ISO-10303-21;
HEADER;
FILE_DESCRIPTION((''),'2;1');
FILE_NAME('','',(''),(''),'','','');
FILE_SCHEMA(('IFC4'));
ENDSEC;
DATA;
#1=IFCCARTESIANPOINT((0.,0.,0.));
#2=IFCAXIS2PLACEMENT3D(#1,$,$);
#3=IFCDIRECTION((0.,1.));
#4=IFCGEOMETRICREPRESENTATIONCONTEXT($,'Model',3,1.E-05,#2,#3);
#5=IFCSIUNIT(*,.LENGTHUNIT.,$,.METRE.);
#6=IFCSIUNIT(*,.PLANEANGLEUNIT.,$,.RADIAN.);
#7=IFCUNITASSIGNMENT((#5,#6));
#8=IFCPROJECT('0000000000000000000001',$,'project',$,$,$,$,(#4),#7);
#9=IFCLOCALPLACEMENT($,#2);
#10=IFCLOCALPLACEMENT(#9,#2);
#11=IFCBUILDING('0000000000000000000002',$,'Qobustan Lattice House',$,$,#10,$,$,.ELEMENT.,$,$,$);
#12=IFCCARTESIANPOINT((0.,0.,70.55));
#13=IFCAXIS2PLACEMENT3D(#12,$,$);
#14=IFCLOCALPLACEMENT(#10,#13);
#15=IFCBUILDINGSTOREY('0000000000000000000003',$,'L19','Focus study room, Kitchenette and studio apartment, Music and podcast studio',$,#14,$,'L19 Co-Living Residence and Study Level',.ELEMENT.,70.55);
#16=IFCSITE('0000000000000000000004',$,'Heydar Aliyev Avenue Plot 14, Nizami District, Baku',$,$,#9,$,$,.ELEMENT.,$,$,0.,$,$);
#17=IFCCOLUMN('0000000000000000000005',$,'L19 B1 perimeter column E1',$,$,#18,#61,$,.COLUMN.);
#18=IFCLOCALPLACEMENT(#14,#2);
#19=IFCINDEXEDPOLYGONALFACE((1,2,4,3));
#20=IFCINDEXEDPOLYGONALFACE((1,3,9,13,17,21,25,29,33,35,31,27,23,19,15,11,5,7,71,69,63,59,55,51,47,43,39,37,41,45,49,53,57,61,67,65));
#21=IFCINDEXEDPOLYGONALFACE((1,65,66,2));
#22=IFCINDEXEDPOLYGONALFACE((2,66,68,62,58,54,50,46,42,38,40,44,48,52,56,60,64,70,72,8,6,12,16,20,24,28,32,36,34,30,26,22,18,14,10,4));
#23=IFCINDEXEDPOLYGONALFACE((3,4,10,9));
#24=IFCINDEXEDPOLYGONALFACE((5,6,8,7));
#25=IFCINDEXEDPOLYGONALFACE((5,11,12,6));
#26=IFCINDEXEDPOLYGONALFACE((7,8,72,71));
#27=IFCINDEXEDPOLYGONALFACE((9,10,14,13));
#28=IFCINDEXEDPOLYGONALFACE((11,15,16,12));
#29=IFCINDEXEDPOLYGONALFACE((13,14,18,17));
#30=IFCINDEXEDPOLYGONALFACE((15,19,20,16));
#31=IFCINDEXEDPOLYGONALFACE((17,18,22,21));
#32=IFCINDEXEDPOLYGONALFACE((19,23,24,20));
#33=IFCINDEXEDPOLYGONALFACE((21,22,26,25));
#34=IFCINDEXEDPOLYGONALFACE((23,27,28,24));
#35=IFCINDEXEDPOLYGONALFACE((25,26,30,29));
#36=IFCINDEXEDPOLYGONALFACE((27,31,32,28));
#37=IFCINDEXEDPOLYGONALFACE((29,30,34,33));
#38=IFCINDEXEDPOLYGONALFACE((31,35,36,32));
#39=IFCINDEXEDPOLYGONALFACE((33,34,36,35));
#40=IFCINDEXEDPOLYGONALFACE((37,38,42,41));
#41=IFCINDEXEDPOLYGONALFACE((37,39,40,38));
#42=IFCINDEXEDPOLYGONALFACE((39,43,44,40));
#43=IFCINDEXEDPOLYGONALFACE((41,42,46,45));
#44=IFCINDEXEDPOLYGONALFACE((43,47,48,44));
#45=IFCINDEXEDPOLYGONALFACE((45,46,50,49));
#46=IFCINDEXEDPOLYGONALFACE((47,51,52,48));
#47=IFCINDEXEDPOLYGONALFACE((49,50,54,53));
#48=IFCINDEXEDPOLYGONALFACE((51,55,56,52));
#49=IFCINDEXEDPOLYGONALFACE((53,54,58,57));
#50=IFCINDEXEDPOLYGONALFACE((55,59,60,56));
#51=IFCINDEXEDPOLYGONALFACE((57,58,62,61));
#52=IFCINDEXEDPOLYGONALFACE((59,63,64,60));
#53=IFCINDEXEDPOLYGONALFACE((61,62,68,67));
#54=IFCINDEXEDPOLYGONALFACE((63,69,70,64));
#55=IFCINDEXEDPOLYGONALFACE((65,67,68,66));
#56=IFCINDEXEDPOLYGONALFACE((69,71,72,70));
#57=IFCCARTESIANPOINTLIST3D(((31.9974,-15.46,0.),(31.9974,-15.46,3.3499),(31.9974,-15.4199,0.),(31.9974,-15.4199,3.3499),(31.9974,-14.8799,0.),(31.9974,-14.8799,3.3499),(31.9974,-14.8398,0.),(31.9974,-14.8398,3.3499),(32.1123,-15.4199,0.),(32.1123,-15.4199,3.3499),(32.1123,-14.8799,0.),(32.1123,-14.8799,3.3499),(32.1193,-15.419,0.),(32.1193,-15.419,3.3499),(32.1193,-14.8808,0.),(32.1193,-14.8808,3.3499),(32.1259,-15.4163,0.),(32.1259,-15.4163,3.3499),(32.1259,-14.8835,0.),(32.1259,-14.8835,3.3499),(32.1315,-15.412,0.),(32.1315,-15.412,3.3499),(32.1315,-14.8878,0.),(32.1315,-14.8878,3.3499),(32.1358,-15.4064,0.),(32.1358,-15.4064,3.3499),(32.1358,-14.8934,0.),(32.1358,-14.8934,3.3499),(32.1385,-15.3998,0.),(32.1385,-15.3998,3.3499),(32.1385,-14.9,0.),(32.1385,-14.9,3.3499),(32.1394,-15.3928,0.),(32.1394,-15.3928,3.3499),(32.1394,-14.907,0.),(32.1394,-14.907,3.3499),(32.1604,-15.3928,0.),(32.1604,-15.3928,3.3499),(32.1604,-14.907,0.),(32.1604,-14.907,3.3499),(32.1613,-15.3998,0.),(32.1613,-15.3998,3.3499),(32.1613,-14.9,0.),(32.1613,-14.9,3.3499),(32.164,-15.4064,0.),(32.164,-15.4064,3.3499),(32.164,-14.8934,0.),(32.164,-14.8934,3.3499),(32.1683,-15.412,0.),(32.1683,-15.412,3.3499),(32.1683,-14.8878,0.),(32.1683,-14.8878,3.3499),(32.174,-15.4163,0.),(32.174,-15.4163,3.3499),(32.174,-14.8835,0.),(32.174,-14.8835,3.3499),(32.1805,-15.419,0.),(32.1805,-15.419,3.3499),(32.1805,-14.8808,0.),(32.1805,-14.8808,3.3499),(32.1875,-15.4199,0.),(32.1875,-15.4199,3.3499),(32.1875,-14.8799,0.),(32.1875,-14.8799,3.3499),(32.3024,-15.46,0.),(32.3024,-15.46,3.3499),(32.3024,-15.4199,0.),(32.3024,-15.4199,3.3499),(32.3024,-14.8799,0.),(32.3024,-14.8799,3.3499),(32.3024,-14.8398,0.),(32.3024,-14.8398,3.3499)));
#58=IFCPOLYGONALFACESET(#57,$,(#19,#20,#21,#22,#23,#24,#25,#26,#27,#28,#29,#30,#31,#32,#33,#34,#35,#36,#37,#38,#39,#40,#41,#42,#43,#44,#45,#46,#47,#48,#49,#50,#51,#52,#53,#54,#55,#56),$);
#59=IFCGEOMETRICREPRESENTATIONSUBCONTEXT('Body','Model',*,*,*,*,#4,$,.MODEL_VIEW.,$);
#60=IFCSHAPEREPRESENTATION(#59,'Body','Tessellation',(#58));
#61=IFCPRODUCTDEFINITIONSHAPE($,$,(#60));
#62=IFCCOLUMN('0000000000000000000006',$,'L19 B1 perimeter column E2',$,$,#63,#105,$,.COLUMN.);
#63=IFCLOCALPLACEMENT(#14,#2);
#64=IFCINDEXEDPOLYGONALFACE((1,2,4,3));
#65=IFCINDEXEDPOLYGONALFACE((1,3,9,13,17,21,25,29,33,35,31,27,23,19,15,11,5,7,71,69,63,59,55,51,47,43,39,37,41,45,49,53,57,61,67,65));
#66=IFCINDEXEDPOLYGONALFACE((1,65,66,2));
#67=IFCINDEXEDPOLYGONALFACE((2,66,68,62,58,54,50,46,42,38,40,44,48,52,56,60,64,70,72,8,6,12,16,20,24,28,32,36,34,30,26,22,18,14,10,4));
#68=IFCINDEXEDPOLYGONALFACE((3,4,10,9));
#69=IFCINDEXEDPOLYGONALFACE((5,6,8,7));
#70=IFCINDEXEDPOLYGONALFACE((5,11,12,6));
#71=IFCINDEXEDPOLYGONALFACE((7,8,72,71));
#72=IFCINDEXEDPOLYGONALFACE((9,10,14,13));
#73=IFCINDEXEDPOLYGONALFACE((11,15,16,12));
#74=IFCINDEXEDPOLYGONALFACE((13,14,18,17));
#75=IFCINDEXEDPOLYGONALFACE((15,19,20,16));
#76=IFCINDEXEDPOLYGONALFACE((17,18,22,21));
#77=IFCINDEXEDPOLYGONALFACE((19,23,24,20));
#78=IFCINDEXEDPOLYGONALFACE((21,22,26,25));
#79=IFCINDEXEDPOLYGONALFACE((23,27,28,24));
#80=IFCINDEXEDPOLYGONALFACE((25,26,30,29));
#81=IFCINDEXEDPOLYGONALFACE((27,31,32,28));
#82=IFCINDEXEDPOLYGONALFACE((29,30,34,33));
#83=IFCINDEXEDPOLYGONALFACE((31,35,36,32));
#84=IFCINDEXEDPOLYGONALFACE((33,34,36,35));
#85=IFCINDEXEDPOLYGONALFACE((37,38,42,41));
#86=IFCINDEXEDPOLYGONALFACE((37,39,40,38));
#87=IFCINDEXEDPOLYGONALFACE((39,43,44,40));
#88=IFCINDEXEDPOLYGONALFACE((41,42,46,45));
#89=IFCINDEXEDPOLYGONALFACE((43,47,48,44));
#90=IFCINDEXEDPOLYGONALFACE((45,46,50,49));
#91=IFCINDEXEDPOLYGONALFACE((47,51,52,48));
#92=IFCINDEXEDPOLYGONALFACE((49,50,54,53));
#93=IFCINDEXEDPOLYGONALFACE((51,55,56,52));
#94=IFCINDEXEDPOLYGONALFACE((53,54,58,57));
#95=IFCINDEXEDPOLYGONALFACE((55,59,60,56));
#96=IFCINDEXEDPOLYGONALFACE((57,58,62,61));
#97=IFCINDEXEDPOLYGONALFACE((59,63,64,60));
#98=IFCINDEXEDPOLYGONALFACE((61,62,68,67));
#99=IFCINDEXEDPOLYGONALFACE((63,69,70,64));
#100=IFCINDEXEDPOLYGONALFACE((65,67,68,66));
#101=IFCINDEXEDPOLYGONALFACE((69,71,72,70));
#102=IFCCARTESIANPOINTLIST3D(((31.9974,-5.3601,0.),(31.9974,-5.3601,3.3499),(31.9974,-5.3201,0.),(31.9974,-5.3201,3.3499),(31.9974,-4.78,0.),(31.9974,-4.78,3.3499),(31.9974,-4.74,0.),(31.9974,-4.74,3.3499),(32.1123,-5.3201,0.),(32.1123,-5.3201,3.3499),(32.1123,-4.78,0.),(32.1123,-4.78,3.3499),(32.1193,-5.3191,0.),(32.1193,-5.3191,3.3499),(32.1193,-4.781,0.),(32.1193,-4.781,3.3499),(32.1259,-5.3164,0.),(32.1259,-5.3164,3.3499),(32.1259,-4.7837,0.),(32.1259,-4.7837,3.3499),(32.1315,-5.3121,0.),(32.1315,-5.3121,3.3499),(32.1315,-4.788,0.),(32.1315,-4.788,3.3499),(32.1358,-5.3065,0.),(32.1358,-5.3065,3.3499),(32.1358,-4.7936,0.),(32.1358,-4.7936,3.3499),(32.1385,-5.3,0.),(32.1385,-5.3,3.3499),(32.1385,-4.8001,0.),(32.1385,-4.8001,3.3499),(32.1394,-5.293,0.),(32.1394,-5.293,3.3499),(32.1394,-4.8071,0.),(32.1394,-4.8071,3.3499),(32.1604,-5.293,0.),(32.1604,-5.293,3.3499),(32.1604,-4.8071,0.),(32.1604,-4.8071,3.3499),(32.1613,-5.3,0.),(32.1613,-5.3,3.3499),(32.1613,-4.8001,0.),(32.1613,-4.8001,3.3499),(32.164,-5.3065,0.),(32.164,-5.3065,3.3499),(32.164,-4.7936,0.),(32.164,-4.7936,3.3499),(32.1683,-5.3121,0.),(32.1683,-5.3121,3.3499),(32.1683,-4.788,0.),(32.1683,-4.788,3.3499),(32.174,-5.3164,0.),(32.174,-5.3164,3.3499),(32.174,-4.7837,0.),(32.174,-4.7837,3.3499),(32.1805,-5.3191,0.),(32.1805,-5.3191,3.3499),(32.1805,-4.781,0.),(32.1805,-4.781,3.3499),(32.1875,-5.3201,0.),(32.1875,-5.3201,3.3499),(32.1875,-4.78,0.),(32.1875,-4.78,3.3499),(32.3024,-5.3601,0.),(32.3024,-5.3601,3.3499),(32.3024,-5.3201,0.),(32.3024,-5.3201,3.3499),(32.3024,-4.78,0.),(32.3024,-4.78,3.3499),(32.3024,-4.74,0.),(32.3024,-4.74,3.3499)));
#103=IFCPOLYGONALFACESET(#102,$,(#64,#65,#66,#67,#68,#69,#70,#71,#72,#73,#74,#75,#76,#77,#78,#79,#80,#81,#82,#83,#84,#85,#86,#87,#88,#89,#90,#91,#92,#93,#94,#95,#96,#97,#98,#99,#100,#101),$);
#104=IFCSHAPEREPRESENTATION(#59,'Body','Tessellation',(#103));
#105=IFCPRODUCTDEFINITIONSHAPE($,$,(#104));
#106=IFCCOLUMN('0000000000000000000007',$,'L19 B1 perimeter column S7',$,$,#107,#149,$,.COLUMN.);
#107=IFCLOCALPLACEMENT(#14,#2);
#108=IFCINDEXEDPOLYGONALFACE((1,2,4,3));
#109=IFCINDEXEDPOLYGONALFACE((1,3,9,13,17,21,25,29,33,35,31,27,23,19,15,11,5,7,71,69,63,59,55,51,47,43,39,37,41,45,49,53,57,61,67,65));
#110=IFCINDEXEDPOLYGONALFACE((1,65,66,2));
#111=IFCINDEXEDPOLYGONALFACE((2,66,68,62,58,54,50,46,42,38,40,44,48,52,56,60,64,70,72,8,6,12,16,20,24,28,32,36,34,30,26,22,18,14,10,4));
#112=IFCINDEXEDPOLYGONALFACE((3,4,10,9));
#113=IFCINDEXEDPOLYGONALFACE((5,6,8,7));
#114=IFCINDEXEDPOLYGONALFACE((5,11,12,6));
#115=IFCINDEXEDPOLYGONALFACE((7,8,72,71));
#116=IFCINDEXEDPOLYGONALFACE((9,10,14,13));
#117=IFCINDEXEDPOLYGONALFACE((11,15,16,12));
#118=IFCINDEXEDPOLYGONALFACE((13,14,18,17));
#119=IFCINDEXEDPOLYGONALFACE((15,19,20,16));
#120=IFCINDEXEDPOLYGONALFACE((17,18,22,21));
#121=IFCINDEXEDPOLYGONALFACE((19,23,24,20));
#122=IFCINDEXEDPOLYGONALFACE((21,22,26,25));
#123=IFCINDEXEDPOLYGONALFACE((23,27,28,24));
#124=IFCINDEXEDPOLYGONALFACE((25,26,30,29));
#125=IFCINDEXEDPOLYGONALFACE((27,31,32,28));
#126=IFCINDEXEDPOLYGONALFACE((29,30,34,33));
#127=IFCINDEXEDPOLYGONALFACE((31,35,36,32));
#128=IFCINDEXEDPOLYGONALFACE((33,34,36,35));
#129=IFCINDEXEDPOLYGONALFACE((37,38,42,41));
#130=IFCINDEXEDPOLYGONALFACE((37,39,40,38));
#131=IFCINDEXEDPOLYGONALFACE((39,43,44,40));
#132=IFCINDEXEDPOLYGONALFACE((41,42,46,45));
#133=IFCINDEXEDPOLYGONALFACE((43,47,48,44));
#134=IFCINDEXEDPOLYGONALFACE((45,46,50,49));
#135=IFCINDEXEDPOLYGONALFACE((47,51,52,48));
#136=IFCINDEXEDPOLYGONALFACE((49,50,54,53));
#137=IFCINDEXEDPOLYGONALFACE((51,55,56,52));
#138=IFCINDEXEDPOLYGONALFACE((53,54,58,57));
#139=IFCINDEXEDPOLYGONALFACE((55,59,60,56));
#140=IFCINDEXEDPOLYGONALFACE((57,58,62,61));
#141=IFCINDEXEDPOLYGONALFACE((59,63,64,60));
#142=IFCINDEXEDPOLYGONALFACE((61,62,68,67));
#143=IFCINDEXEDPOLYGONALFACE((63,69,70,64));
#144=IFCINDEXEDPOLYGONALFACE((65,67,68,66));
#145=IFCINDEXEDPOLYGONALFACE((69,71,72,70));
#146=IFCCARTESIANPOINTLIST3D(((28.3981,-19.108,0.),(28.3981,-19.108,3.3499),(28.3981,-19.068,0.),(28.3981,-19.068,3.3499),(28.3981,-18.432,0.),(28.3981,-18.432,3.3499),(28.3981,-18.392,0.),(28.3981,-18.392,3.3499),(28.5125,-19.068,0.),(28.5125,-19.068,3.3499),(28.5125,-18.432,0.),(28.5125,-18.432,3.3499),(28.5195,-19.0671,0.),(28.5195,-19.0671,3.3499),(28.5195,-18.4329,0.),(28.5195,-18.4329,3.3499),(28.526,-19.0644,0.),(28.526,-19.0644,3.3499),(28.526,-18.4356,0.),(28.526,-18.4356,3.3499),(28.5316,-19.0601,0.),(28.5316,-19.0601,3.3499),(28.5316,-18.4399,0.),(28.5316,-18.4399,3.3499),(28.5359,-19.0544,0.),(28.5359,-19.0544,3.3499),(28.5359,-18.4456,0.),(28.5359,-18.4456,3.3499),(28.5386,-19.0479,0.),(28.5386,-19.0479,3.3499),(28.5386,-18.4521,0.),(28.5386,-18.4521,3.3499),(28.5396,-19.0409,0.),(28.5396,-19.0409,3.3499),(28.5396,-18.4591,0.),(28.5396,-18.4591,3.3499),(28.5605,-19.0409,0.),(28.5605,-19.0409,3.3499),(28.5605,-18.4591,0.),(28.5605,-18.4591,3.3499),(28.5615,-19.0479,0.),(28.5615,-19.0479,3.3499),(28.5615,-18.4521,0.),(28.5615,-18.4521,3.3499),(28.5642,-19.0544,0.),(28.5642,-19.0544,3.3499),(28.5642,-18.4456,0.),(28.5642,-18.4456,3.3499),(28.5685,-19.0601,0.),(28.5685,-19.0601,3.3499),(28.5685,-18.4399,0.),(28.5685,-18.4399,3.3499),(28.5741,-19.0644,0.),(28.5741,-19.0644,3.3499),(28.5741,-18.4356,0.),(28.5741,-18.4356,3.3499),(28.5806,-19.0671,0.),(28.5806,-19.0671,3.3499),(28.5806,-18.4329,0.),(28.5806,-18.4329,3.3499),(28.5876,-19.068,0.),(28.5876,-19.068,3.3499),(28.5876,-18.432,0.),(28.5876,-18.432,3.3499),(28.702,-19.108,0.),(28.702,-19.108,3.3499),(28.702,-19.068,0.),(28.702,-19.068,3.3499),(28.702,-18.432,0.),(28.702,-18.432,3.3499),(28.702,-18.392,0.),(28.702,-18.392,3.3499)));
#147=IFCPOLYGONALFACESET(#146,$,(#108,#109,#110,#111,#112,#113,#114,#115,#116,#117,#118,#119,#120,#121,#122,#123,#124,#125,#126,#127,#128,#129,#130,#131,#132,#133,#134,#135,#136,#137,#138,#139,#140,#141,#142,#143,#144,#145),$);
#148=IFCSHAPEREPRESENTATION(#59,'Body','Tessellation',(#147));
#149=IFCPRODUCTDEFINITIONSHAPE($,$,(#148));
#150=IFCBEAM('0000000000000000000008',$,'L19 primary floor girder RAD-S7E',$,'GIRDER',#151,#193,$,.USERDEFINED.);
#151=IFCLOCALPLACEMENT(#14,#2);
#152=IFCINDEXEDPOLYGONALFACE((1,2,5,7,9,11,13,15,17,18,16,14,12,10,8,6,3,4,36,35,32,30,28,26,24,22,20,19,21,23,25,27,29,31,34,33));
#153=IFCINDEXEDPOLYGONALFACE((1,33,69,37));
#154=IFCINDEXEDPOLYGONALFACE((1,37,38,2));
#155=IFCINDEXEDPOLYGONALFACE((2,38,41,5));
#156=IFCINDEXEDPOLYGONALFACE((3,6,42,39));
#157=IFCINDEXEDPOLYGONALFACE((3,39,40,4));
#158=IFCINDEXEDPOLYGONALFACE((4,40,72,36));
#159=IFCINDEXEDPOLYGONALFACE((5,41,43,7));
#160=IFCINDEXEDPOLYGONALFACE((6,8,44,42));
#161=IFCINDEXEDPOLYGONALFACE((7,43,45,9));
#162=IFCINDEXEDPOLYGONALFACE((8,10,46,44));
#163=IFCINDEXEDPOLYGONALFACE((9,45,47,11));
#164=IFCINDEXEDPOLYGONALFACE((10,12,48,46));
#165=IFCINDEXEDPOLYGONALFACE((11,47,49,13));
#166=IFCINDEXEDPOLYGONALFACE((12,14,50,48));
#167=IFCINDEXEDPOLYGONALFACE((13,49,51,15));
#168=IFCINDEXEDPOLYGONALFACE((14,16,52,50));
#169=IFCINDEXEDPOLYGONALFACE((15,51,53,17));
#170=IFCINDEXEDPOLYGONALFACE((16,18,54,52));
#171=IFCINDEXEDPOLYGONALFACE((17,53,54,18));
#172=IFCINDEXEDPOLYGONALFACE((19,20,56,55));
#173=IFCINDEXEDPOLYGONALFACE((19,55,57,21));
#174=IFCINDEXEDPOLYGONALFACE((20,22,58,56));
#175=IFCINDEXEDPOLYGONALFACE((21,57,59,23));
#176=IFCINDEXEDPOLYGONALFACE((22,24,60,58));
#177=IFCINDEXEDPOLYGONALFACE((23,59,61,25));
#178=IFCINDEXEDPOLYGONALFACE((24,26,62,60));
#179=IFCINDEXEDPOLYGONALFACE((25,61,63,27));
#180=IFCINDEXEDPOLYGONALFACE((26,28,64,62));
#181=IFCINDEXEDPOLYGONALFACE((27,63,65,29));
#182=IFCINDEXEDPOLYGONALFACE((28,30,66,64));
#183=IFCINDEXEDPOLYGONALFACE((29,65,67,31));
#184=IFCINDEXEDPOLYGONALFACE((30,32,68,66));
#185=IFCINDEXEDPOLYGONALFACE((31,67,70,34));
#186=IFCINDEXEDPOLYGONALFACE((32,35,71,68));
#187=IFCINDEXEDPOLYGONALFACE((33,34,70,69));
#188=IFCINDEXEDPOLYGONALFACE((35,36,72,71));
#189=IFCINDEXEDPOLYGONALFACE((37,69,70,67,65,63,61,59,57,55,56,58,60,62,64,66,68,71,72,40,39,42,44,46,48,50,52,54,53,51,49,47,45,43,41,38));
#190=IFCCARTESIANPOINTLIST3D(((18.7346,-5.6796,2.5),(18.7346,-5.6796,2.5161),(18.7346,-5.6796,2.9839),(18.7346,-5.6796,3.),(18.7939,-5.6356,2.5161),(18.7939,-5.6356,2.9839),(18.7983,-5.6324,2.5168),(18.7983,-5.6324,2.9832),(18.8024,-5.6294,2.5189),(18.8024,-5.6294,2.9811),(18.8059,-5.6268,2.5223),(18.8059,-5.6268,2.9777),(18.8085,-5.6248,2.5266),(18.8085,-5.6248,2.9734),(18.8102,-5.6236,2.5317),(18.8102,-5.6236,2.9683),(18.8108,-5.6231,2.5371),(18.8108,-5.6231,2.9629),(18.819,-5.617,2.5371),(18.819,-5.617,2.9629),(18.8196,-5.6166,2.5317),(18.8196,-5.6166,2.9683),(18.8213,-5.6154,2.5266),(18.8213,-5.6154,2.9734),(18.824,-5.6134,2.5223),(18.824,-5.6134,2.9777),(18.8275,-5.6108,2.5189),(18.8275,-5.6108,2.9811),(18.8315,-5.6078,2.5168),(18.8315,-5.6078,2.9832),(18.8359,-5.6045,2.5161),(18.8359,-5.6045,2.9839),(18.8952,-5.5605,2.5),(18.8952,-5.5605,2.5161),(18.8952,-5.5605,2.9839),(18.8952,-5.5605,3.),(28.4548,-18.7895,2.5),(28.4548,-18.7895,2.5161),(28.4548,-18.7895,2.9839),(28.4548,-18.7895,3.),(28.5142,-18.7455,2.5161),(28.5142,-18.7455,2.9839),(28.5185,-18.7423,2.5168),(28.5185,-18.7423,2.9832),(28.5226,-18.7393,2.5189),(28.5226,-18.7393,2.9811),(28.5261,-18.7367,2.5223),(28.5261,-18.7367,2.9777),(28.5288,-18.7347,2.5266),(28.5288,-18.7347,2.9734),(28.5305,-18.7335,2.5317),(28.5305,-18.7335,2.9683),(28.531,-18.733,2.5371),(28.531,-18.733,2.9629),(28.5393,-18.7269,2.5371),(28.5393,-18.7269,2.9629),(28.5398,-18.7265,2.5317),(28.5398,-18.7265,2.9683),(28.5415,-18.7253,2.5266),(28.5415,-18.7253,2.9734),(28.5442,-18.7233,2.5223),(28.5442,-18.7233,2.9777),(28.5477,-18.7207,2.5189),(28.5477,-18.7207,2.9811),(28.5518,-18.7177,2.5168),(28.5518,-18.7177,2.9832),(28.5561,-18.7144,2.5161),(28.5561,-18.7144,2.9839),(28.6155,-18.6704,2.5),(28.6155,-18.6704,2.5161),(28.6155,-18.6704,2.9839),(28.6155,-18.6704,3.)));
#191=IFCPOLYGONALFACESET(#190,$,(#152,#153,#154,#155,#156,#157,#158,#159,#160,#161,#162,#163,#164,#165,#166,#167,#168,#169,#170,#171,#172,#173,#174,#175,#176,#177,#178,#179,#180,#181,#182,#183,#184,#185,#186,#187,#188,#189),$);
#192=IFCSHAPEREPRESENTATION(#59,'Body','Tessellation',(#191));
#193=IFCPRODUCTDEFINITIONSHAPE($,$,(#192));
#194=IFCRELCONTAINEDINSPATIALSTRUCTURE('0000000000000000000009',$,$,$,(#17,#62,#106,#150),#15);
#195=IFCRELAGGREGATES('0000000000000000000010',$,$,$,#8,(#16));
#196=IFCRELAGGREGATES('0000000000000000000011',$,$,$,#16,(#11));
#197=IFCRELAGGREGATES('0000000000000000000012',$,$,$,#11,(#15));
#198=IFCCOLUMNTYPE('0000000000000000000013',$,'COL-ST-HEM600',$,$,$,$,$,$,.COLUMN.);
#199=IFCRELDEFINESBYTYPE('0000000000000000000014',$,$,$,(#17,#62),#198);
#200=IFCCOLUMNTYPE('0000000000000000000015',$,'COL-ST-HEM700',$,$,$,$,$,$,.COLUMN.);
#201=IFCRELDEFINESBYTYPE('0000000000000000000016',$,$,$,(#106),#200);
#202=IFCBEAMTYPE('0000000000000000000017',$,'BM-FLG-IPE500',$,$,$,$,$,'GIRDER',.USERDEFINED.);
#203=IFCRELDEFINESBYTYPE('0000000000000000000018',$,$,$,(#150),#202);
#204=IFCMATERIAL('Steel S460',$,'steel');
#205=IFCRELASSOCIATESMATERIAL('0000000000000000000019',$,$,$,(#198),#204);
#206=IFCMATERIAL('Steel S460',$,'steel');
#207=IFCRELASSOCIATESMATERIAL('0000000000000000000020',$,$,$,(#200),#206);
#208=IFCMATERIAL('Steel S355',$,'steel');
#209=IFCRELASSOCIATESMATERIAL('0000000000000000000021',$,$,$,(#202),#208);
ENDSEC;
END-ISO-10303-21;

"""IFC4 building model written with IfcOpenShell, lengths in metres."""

from ifc_helpers import new_model, si_unit, direction, frame, origin, origin_2d, place, context, subcontext, project, spatial, i_section, extrude, material, material_profile, profile_set, type_object, element, save


model = new_model("IFC4")

# Units and contexts
model_context = context("Model", 3, precision=1e-05, world=origin(), true_north=direction((0.0, 1.0)))
body_context = subcontext(model_context, "Body", "Model", "MODEL_VIEW")
ifc_project = project(units=[si_unit("LENGTHUNIT", "METRE"), si_unit("PLANEANGLEUNIT", "RADIAN")], contexts=[model_context])

# Site, building, storey
site_placement = place(None, origin())
site = spatial("IfcSite", under=ifc_project, at=site_placement, Name="Heydar Aliyev Avenue Plot 14, Nizami District, Baku", CompositionType="ELEMENT", RefElevation=0.0)
building_placement = place(site_placement, origin())
building = spatial("IfcBuilding", under=site, at=building_placement, Name="Qobustan Lattice House", CompositionType="ELEMENT")
storey_placement = place(building_placement, frame((0.0, 0.0, 70.55)))
storey = spatial("IfcBuildingStorey", under=building, at=storey_placement, Name="L19", Description="Focus study room, Kitchenette and studio apartment, Music and podcast studio", LongName="L19 Co-Living Residence and Study Level", CompositionType="ELEMENT", Elevation=70.55)

# Columns
ifc_material_1 = material(Name="Steel S460", Category="steel")
ifc_material_profile_1 = material_profile(ifc_material_1, i_section(OverallWidth=0.3049, OverallDepth=0.6201, WebThickness=0.021, FlangeThickness=0.04, FilletRadius=0.0271, at=origin_2d()), Name="HEM600")
ifc_profile_set_1 = profile_set([ifc_material_profile_1], Name="Steel S460")
column_type_1 = type_object("IfcColumnType", Name="COL-ST-HEM600", PredefinedType="COLUMN", material=ifc_profile_set_1)
for number, where, z_axis, x_axis, name in (
    (1, (32.1499, -15.1499, 0.0), (0.0, 0.0, 1.0), (1.0, 0.0, 0.0), "L19 B1 perimeter column E1"),
    (2, (32.1499, -5.05, 0.0), (0.0, 0.0, 1.0), (1.0, 0.0, 0.0), "L19 B1 perimeter column E2"),
):
    element("IfcColumn", number, at=place(storey_placement, frame(where, z_axis=z_axis, x_axis=x_axis)), inside=storey, type_object=column_type_1, Name=name, PredefinedType="COLUMN", context=body_context, shape_type="SweptSolid", body=[
        extrude(i_section(OverallWidth=0.3049, OverallDepth=0.6201, WebThickness=0.021, FlangeThickness=0.04, FilletRadius=0.0271, at=origin_2d()), origin(), (0.0, 0.0, 1.0), 3.3499),
    ])
ifc_material_2 = material(Name="Steel S460", Category="steel")
ifc_material_profile_2 = material_profile(ifc_material_2, i_section(OverallWidth=0.304, OverallDepth=0.7161, WebThickness=0.021, FlangeThickness=0.04, FilletRadius=0.0271, at=origin_2d()), Name="HEM700")
ifc_profile_set_2 = profile_set([ifc_material_profile_2], Name="Steel S460")
column_type_2 = type_object("IfcColumnType", Name="COL-ST-HEM700", PredefinedType="COLUMN", material=ifc_profile_set_2)
column_placement = place(storey_placement, frame((28.55, -18.75, 0.0), z_axis=(0.0, 0.0, 1.0), x_axis=(1.0, 0.0, 0.0)))
element("IfcColumn", 3, at=column_placement, inside=storey, type_object=column_type_2, Name="L19 B1 perimeter column S7", PredefinedType="COLUMN", context=body_context, shape_type="SweptSolid", body=[
    extrude(i_section(OverallWidth=0.304, OverallDepth=0.7161, WebThickness=0.021, FlangeThickness=0.04, FilletRadius=0.0271, at=origin_2d()), origin(), (0.0, 0.0, 1.0), 3.3499),
])

# Beam
ifc_material_3 = material(Name="Steel S355", Category="steel")
ifc_material_profile_3 = material_profile(ifc_material_3, i_section(OverallWidth=0.2, OverallDepth=0.5, WebThickness=0.0103, FlangeThickness=0.0161, FilletRadius=0.021, at=origin_2d()), Name="IPE500")
ifc_profile_set_3 = profile_set([ifc_material_profile_3], Name="Steel S355")
beam_type_1 = type_object("IfcBeamType", Name="BM-FLG-IPE500", ElementType="GIRDER", PredefinedType="USERDEFINED", material=ifc_profile_set_3)
beam_1_placement = place(storey_placement, frame((28.5352, -18.73, 2.75), z_axis=(-0.595592, 0.803287, 0.0), x_axis=(-0.803287, -0.595592, 0.0)))
element("IfcBeam", 4, at=beam_1_placement, inside=storey, type_object=beam_type_1, Name="L19 primary floor girder RAD-S7E", ObjectType="GIRDER", PredefinedType="USERDEFINED", context=body_context, shape_type="SweptSolid", body=[
    extrude(i_section(OverallWidth=0.2, OverallDepth=0.5, WebThickness=0.0103, FlangeThickness=0.0161, FilletRadius=0.021, at=origin_2d()), origin(), (0.0, 0.0, 1.0), 16.3203),
])

save(model, "model.ifc")
